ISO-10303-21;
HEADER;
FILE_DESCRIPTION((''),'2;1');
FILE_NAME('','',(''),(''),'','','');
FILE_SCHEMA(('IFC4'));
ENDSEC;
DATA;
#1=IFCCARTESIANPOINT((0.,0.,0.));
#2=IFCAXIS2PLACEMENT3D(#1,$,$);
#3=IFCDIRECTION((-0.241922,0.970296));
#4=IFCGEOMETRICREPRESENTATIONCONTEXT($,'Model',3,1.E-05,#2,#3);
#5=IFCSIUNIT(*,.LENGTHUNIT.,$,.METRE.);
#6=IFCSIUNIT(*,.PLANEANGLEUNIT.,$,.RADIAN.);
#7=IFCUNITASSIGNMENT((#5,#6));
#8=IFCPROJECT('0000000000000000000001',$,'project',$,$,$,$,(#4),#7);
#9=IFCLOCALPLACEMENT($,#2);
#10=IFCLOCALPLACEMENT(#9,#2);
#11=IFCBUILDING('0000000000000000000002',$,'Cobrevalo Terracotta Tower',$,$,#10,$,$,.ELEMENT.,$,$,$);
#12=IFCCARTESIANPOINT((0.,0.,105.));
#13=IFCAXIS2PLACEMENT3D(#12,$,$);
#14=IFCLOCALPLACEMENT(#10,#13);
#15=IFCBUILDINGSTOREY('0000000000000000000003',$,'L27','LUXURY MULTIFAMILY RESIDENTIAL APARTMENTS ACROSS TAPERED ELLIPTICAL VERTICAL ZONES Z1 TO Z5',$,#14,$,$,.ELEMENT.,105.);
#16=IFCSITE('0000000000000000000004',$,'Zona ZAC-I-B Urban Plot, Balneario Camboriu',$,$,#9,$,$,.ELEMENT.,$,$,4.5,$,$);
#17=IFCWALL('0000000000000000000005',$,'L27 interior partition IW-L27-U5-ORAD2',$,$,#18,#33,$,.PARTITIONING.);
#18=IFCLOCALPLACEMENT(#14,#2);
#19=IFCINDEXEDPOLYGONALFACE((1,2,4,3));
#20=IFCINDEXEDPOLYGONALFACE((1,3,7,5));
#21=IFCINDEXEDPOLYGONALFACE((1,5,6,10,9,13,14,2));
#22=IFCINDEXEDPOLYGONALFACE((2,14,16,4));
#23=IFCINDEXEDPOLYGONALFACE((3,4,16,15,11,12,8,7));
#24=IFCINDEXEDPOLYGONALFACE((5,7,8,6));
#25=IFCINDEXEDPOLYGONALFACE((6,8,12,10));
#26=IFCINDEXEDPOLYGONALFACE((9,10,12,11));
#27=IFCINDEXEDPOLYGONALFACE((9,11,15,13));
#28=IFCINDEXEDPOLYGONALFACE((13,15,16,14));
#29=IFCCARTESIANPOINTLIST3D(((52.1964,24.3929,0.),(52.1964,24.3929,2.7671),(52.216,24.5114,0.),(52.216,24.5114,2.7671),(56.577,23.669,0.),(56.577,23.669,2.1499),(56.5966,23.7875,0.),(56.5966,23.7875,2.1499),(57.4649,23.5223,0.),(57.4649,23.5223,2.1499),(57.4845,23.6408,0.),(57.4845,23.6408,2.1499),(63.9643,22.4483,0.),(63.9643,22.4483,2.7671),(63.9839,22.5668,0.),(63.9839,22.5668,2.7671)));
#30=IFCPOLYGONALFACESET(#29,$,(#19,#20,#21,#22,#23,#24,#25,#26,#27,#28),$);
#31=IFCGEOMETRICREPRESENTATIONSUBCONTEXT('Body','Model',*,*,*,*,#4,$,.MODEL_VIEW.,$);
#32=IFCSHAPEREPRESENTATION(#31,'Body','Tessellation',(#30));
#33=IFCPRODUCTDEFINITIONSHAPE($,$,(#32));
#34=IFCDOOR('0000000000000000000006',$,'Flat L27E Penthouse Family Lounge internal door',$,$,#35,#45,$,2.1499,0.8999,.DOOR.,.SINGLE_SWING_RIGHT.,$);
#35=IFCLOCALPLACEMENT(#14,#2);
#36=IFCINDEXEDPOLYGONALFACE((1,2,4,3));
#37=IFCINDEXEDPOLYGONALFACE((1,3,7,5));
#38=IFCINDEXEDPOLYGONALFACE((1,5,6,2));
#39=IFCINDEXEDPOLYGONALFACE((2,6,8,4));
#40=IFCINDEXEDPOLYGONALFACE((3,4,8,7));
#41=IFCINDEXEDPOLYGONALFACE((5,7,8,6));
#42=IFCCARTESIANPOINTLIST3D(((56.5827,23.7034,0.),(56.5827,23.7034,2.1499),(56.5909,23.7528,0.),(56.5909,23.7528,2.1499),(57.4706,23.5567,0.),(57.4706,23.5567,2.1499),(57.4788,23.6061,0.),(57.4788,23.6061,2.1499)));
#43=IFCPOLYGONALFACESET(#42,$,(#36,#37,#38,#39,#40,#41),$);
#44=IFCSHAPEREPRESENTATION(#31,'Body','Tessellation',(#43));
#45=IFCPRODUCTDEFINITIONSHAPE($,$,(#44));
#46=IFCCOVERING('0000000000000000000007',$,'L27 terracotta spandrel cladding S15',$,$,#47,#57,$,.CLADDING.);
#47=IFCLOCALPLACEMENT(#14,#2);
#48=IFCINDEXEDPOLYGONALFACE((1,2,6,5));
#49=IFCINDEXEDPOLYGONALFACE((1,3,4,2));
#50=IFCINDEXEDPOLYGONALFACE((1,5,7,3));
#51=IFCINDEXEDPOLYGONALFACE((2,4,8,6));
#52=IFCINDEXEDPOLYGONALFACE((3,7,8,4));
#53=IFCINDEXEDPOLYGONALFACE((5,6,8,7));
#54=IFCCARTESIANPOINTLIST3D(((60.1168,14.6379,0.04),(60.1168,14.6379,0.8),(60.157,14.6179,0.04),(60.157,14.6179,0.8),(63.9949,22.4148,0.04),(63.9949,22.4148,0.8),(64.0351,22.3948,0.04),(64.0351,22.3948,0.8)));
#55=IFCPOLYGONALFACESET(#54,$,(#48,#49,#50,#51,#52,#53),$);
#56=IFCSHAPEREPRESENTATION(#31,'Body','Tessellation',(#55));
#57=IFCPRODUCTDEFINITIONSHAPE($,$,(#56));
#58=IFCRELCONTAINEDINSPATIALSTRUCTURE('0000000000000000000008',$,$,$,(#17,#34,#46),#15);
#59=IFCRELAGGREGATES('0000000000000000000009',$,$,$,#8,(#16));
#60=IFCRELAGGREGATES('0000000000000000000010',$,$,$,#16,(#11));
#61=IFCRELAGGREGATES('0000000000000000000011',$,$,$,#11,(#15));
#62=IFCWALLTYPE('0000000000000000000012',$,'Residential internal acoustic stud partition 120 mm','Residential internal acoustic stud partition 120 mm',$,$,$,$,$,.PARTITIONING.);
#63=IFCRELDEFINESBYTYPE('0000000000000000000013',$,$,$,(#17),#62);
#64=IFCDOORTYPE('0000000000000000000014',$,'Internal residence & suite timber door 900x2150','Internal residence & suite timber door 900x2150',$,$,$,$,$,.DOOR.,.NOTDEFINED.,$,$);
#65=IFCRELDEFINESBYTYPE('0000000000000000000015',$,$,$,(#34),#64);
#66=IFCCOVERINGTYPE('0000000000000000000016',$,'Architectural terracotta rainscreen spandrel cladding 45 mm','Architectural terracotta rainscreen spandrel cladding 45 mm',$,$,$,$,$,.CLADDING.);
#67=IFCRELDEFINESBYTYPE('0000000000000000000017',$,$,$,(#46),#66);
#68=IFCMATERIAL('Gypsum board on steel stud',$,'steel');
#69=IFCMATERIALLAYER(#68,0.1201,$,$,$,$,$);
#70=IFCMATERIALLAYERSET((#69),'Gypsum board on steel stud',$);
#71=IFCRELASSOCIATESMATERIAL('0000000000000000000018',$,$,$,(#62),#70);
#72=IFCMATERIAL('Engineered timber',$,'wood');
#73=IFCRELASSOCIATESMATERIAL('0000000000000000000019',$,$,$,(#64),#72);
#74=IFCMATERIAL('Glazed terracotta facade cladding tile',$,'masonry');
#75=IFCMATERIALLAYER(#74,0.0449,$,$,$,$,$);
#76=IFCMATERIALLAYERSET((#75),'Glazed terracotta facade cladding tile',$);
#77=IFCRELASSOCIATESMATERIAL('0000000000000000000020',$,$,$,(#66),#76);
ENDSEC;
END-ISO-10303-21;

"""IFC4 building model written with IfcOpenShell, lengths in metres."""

from ifc_helpers import new_model, si_unit, direction, frame, frame_2d, origin, origin_2d, place, context, subcontext, project, spatial, rectangle, extrude, source, transform, mapped, material, layer, layer_set, type_object, element, fill, save


model = new_model("IFC4")

# Units and contexts
model_context = context("Model", 3, precision=1e-05, world=origin(), true_north=direction((-0.241922, 0.970296)))
body_context = subcontext(model_context, "Body", "Model", "MODEL_VIEW")
ifc_project = project(units=[si_unit("LENGTHUNIT", "METRE"), si_unit("PLANEANGLEUNIT", "RADIAN")], contexts=[model_context])

# Site, building, storey
site_placement = place(None, origin())
site = spatial("IfcSite", under=ifc_project, at=site_placement, Name="Zona ZAC-I-B Urban Plot, Balneario Camboriu", CompositionType="ELEMENT", RefElevation=4.5)
building_placement = place(site_placement, origin())
building = spatial("IfcBuilding", under=site, at=building_placement, Name="Cobrevalo Terracotta Tower", CompositionType="ELEMENT")
storey_placement = place(building_placement, frame((0.0, 0.0, 105.0)))
storey = spatial("IfcBuildingStorey", under=building, at=storey_placement, Name="L27", Description="LUXURY MULTIFAMILY RESIDENTIAL APARTMENTS ACROSS TAPERED ELLIPTICAL VERTICAL ZONES Z1 TO Z5", CompositionType="ELEMENT", Elevation=105.0)

# Wall, opening, door
ifc_material_1 = material(Name="Gypsum board on steel stud", Category="steel")
ifc_layer_1 = layer(ifc_material_1, 0.1201)
ifc_layer_set_1 = layer_set([ifc_layer_1], Name="Gypsum board on steel stud")
wall_type_1 = type_object("IfcWallType", Name="Residential internal acoustic stud partition 120 mm", Description="Residential internal acoustic stud partition 120 mm", PredefinedType="PARTITIONING", material=ifc_layer_set_1)
ifc_material_2 = material(Name="Engineered timber", Category="wood")
door_type_1 = type_object("IfcDoorType", Name="Internal residence & suite timber door 900x2150", Description="Internal residence & suite timber door 900x2150", OperationType="NOTDEFINED", PredefinedType="DOOR", material=ifc_material_2)
shared_shape_1 = source(origin(), body_context, "Body", "SweptSolid", [
    extrude(rectangle(XDim=0.8999, YDim=2.1499, at=frame_2d((0.45, 1.075))), frame((0.0, 0.0249, 0.0), z_axis=(0.0, -1.0, 0.0), x_axis=(1.0, 0.0, 0.0)), (0.0, 0.0, 1.0), 0.05),
])
wall_1_placement = place(storey_placement, frame((52.2061, 24.4521, 0.0), z_axis=(0.0, 0.0, 1.0), x_axis=(0.98662, -0.163035, 0.0)))
wall_1 = element("IfcWall", 1, at=wall_1_placement, inside=storey, type_object=wall_type_1, Name="L27 interior partition IW-L27-U5-ORAD2", PredefinedType="PARTITIONING", context=body_context, shape_type="SweptSolid", body=[
    extrude(rectangle(XDim=11.9275, YDim=0.1201, at=frame_2d((5.9639, 0.0))), origin(), (0.0, 0.0, 1.0), 2.7671),
])
opening_1_placement = place(wall_1_placement, frame((4.4402, 0.0, 0.0)))
opening_1 = element("IfcOpeningElement", 2, at=opening_1_placement, cuts=wall_1, PredefinedType="OPENING", context=body_context, shape_type="SweptSolid", body=[
    extrude(rectangle(XDim=0.8999, YDim=2.1499, at=frame_2d((0.45, 1.075))), frame((0.0, 0.0701, 0.0), z_axis=(0.0, -1.0, 0.0), x_axis=(1.0, 0.0, 0.0)), (0.0, 0.0, 1.0), 0.1401),
])
door_1_placement = place(opening_1_placement, origin())
door_1 = element("IfcDoor", 3, at=door_1_placement, inside=storey, type_object=door_type_1, Name="Flat L27E Penthouse Family Lounge internal door", OperationType="SINGLE_SWING_RIGHT", OverallHeight=2.1499, OverallWidth=0.8999, PredefinedType="DOOR", context=body_context, shape_type="MappedRepresentation", body=[
    mapped(shared_shape_1, transform((0.0, 0.0, 0.0), scale=1.0)),
])
fill(opening_1, door_1)

# Covering
ifc_material_3 = material(Name="Glazed terracotta facade cladding tile", Category="masonry")
ifc_layer_2 = layer(ifc_material_3, 0.0449)
ifc_layer_set_2 = layer_set([ifc_layer_2], Name="Glazed terracotta facade cladding tile")
covering_type = type_object("IfcCoveringType", Name="Architectural terracotta rainscreen spandrel cladding 45 mm", Description="Architectural terracotta rainscreen spandrel cladding 45 mm", PredefinedType="CLADDING", material=ifc_layer_set_2)
shared_shape_2 = source(origin(), body_context, "Body", "SweptSolid", [
    extrude(rectangle(XDim=8.6902, YDim=0.0449, at=origin_2d()), origin(), (0.0, 0.0, 1.0), 0.76),
])
covering_placement = place(storey_placement, frame((62.0759, 18.5164, 0.04), z_axis=(0.0, 0.0, 1.0), x_axis=(0.446262, 0.894902, 0.0)))
element("IfcCovering", 4, at=covering_placement, inside=storey, type_object=covering_type, Name="L27 terracotta spandrel cladding S15", PredefinedType="CLADDING", context=body_context, shape_type="MappedRepresentation", body=[
    mapped(shared_shape_2, transform((0.0, 0.0, 0.0), scale=1.0)),
])

save(model, "model.ifc")
